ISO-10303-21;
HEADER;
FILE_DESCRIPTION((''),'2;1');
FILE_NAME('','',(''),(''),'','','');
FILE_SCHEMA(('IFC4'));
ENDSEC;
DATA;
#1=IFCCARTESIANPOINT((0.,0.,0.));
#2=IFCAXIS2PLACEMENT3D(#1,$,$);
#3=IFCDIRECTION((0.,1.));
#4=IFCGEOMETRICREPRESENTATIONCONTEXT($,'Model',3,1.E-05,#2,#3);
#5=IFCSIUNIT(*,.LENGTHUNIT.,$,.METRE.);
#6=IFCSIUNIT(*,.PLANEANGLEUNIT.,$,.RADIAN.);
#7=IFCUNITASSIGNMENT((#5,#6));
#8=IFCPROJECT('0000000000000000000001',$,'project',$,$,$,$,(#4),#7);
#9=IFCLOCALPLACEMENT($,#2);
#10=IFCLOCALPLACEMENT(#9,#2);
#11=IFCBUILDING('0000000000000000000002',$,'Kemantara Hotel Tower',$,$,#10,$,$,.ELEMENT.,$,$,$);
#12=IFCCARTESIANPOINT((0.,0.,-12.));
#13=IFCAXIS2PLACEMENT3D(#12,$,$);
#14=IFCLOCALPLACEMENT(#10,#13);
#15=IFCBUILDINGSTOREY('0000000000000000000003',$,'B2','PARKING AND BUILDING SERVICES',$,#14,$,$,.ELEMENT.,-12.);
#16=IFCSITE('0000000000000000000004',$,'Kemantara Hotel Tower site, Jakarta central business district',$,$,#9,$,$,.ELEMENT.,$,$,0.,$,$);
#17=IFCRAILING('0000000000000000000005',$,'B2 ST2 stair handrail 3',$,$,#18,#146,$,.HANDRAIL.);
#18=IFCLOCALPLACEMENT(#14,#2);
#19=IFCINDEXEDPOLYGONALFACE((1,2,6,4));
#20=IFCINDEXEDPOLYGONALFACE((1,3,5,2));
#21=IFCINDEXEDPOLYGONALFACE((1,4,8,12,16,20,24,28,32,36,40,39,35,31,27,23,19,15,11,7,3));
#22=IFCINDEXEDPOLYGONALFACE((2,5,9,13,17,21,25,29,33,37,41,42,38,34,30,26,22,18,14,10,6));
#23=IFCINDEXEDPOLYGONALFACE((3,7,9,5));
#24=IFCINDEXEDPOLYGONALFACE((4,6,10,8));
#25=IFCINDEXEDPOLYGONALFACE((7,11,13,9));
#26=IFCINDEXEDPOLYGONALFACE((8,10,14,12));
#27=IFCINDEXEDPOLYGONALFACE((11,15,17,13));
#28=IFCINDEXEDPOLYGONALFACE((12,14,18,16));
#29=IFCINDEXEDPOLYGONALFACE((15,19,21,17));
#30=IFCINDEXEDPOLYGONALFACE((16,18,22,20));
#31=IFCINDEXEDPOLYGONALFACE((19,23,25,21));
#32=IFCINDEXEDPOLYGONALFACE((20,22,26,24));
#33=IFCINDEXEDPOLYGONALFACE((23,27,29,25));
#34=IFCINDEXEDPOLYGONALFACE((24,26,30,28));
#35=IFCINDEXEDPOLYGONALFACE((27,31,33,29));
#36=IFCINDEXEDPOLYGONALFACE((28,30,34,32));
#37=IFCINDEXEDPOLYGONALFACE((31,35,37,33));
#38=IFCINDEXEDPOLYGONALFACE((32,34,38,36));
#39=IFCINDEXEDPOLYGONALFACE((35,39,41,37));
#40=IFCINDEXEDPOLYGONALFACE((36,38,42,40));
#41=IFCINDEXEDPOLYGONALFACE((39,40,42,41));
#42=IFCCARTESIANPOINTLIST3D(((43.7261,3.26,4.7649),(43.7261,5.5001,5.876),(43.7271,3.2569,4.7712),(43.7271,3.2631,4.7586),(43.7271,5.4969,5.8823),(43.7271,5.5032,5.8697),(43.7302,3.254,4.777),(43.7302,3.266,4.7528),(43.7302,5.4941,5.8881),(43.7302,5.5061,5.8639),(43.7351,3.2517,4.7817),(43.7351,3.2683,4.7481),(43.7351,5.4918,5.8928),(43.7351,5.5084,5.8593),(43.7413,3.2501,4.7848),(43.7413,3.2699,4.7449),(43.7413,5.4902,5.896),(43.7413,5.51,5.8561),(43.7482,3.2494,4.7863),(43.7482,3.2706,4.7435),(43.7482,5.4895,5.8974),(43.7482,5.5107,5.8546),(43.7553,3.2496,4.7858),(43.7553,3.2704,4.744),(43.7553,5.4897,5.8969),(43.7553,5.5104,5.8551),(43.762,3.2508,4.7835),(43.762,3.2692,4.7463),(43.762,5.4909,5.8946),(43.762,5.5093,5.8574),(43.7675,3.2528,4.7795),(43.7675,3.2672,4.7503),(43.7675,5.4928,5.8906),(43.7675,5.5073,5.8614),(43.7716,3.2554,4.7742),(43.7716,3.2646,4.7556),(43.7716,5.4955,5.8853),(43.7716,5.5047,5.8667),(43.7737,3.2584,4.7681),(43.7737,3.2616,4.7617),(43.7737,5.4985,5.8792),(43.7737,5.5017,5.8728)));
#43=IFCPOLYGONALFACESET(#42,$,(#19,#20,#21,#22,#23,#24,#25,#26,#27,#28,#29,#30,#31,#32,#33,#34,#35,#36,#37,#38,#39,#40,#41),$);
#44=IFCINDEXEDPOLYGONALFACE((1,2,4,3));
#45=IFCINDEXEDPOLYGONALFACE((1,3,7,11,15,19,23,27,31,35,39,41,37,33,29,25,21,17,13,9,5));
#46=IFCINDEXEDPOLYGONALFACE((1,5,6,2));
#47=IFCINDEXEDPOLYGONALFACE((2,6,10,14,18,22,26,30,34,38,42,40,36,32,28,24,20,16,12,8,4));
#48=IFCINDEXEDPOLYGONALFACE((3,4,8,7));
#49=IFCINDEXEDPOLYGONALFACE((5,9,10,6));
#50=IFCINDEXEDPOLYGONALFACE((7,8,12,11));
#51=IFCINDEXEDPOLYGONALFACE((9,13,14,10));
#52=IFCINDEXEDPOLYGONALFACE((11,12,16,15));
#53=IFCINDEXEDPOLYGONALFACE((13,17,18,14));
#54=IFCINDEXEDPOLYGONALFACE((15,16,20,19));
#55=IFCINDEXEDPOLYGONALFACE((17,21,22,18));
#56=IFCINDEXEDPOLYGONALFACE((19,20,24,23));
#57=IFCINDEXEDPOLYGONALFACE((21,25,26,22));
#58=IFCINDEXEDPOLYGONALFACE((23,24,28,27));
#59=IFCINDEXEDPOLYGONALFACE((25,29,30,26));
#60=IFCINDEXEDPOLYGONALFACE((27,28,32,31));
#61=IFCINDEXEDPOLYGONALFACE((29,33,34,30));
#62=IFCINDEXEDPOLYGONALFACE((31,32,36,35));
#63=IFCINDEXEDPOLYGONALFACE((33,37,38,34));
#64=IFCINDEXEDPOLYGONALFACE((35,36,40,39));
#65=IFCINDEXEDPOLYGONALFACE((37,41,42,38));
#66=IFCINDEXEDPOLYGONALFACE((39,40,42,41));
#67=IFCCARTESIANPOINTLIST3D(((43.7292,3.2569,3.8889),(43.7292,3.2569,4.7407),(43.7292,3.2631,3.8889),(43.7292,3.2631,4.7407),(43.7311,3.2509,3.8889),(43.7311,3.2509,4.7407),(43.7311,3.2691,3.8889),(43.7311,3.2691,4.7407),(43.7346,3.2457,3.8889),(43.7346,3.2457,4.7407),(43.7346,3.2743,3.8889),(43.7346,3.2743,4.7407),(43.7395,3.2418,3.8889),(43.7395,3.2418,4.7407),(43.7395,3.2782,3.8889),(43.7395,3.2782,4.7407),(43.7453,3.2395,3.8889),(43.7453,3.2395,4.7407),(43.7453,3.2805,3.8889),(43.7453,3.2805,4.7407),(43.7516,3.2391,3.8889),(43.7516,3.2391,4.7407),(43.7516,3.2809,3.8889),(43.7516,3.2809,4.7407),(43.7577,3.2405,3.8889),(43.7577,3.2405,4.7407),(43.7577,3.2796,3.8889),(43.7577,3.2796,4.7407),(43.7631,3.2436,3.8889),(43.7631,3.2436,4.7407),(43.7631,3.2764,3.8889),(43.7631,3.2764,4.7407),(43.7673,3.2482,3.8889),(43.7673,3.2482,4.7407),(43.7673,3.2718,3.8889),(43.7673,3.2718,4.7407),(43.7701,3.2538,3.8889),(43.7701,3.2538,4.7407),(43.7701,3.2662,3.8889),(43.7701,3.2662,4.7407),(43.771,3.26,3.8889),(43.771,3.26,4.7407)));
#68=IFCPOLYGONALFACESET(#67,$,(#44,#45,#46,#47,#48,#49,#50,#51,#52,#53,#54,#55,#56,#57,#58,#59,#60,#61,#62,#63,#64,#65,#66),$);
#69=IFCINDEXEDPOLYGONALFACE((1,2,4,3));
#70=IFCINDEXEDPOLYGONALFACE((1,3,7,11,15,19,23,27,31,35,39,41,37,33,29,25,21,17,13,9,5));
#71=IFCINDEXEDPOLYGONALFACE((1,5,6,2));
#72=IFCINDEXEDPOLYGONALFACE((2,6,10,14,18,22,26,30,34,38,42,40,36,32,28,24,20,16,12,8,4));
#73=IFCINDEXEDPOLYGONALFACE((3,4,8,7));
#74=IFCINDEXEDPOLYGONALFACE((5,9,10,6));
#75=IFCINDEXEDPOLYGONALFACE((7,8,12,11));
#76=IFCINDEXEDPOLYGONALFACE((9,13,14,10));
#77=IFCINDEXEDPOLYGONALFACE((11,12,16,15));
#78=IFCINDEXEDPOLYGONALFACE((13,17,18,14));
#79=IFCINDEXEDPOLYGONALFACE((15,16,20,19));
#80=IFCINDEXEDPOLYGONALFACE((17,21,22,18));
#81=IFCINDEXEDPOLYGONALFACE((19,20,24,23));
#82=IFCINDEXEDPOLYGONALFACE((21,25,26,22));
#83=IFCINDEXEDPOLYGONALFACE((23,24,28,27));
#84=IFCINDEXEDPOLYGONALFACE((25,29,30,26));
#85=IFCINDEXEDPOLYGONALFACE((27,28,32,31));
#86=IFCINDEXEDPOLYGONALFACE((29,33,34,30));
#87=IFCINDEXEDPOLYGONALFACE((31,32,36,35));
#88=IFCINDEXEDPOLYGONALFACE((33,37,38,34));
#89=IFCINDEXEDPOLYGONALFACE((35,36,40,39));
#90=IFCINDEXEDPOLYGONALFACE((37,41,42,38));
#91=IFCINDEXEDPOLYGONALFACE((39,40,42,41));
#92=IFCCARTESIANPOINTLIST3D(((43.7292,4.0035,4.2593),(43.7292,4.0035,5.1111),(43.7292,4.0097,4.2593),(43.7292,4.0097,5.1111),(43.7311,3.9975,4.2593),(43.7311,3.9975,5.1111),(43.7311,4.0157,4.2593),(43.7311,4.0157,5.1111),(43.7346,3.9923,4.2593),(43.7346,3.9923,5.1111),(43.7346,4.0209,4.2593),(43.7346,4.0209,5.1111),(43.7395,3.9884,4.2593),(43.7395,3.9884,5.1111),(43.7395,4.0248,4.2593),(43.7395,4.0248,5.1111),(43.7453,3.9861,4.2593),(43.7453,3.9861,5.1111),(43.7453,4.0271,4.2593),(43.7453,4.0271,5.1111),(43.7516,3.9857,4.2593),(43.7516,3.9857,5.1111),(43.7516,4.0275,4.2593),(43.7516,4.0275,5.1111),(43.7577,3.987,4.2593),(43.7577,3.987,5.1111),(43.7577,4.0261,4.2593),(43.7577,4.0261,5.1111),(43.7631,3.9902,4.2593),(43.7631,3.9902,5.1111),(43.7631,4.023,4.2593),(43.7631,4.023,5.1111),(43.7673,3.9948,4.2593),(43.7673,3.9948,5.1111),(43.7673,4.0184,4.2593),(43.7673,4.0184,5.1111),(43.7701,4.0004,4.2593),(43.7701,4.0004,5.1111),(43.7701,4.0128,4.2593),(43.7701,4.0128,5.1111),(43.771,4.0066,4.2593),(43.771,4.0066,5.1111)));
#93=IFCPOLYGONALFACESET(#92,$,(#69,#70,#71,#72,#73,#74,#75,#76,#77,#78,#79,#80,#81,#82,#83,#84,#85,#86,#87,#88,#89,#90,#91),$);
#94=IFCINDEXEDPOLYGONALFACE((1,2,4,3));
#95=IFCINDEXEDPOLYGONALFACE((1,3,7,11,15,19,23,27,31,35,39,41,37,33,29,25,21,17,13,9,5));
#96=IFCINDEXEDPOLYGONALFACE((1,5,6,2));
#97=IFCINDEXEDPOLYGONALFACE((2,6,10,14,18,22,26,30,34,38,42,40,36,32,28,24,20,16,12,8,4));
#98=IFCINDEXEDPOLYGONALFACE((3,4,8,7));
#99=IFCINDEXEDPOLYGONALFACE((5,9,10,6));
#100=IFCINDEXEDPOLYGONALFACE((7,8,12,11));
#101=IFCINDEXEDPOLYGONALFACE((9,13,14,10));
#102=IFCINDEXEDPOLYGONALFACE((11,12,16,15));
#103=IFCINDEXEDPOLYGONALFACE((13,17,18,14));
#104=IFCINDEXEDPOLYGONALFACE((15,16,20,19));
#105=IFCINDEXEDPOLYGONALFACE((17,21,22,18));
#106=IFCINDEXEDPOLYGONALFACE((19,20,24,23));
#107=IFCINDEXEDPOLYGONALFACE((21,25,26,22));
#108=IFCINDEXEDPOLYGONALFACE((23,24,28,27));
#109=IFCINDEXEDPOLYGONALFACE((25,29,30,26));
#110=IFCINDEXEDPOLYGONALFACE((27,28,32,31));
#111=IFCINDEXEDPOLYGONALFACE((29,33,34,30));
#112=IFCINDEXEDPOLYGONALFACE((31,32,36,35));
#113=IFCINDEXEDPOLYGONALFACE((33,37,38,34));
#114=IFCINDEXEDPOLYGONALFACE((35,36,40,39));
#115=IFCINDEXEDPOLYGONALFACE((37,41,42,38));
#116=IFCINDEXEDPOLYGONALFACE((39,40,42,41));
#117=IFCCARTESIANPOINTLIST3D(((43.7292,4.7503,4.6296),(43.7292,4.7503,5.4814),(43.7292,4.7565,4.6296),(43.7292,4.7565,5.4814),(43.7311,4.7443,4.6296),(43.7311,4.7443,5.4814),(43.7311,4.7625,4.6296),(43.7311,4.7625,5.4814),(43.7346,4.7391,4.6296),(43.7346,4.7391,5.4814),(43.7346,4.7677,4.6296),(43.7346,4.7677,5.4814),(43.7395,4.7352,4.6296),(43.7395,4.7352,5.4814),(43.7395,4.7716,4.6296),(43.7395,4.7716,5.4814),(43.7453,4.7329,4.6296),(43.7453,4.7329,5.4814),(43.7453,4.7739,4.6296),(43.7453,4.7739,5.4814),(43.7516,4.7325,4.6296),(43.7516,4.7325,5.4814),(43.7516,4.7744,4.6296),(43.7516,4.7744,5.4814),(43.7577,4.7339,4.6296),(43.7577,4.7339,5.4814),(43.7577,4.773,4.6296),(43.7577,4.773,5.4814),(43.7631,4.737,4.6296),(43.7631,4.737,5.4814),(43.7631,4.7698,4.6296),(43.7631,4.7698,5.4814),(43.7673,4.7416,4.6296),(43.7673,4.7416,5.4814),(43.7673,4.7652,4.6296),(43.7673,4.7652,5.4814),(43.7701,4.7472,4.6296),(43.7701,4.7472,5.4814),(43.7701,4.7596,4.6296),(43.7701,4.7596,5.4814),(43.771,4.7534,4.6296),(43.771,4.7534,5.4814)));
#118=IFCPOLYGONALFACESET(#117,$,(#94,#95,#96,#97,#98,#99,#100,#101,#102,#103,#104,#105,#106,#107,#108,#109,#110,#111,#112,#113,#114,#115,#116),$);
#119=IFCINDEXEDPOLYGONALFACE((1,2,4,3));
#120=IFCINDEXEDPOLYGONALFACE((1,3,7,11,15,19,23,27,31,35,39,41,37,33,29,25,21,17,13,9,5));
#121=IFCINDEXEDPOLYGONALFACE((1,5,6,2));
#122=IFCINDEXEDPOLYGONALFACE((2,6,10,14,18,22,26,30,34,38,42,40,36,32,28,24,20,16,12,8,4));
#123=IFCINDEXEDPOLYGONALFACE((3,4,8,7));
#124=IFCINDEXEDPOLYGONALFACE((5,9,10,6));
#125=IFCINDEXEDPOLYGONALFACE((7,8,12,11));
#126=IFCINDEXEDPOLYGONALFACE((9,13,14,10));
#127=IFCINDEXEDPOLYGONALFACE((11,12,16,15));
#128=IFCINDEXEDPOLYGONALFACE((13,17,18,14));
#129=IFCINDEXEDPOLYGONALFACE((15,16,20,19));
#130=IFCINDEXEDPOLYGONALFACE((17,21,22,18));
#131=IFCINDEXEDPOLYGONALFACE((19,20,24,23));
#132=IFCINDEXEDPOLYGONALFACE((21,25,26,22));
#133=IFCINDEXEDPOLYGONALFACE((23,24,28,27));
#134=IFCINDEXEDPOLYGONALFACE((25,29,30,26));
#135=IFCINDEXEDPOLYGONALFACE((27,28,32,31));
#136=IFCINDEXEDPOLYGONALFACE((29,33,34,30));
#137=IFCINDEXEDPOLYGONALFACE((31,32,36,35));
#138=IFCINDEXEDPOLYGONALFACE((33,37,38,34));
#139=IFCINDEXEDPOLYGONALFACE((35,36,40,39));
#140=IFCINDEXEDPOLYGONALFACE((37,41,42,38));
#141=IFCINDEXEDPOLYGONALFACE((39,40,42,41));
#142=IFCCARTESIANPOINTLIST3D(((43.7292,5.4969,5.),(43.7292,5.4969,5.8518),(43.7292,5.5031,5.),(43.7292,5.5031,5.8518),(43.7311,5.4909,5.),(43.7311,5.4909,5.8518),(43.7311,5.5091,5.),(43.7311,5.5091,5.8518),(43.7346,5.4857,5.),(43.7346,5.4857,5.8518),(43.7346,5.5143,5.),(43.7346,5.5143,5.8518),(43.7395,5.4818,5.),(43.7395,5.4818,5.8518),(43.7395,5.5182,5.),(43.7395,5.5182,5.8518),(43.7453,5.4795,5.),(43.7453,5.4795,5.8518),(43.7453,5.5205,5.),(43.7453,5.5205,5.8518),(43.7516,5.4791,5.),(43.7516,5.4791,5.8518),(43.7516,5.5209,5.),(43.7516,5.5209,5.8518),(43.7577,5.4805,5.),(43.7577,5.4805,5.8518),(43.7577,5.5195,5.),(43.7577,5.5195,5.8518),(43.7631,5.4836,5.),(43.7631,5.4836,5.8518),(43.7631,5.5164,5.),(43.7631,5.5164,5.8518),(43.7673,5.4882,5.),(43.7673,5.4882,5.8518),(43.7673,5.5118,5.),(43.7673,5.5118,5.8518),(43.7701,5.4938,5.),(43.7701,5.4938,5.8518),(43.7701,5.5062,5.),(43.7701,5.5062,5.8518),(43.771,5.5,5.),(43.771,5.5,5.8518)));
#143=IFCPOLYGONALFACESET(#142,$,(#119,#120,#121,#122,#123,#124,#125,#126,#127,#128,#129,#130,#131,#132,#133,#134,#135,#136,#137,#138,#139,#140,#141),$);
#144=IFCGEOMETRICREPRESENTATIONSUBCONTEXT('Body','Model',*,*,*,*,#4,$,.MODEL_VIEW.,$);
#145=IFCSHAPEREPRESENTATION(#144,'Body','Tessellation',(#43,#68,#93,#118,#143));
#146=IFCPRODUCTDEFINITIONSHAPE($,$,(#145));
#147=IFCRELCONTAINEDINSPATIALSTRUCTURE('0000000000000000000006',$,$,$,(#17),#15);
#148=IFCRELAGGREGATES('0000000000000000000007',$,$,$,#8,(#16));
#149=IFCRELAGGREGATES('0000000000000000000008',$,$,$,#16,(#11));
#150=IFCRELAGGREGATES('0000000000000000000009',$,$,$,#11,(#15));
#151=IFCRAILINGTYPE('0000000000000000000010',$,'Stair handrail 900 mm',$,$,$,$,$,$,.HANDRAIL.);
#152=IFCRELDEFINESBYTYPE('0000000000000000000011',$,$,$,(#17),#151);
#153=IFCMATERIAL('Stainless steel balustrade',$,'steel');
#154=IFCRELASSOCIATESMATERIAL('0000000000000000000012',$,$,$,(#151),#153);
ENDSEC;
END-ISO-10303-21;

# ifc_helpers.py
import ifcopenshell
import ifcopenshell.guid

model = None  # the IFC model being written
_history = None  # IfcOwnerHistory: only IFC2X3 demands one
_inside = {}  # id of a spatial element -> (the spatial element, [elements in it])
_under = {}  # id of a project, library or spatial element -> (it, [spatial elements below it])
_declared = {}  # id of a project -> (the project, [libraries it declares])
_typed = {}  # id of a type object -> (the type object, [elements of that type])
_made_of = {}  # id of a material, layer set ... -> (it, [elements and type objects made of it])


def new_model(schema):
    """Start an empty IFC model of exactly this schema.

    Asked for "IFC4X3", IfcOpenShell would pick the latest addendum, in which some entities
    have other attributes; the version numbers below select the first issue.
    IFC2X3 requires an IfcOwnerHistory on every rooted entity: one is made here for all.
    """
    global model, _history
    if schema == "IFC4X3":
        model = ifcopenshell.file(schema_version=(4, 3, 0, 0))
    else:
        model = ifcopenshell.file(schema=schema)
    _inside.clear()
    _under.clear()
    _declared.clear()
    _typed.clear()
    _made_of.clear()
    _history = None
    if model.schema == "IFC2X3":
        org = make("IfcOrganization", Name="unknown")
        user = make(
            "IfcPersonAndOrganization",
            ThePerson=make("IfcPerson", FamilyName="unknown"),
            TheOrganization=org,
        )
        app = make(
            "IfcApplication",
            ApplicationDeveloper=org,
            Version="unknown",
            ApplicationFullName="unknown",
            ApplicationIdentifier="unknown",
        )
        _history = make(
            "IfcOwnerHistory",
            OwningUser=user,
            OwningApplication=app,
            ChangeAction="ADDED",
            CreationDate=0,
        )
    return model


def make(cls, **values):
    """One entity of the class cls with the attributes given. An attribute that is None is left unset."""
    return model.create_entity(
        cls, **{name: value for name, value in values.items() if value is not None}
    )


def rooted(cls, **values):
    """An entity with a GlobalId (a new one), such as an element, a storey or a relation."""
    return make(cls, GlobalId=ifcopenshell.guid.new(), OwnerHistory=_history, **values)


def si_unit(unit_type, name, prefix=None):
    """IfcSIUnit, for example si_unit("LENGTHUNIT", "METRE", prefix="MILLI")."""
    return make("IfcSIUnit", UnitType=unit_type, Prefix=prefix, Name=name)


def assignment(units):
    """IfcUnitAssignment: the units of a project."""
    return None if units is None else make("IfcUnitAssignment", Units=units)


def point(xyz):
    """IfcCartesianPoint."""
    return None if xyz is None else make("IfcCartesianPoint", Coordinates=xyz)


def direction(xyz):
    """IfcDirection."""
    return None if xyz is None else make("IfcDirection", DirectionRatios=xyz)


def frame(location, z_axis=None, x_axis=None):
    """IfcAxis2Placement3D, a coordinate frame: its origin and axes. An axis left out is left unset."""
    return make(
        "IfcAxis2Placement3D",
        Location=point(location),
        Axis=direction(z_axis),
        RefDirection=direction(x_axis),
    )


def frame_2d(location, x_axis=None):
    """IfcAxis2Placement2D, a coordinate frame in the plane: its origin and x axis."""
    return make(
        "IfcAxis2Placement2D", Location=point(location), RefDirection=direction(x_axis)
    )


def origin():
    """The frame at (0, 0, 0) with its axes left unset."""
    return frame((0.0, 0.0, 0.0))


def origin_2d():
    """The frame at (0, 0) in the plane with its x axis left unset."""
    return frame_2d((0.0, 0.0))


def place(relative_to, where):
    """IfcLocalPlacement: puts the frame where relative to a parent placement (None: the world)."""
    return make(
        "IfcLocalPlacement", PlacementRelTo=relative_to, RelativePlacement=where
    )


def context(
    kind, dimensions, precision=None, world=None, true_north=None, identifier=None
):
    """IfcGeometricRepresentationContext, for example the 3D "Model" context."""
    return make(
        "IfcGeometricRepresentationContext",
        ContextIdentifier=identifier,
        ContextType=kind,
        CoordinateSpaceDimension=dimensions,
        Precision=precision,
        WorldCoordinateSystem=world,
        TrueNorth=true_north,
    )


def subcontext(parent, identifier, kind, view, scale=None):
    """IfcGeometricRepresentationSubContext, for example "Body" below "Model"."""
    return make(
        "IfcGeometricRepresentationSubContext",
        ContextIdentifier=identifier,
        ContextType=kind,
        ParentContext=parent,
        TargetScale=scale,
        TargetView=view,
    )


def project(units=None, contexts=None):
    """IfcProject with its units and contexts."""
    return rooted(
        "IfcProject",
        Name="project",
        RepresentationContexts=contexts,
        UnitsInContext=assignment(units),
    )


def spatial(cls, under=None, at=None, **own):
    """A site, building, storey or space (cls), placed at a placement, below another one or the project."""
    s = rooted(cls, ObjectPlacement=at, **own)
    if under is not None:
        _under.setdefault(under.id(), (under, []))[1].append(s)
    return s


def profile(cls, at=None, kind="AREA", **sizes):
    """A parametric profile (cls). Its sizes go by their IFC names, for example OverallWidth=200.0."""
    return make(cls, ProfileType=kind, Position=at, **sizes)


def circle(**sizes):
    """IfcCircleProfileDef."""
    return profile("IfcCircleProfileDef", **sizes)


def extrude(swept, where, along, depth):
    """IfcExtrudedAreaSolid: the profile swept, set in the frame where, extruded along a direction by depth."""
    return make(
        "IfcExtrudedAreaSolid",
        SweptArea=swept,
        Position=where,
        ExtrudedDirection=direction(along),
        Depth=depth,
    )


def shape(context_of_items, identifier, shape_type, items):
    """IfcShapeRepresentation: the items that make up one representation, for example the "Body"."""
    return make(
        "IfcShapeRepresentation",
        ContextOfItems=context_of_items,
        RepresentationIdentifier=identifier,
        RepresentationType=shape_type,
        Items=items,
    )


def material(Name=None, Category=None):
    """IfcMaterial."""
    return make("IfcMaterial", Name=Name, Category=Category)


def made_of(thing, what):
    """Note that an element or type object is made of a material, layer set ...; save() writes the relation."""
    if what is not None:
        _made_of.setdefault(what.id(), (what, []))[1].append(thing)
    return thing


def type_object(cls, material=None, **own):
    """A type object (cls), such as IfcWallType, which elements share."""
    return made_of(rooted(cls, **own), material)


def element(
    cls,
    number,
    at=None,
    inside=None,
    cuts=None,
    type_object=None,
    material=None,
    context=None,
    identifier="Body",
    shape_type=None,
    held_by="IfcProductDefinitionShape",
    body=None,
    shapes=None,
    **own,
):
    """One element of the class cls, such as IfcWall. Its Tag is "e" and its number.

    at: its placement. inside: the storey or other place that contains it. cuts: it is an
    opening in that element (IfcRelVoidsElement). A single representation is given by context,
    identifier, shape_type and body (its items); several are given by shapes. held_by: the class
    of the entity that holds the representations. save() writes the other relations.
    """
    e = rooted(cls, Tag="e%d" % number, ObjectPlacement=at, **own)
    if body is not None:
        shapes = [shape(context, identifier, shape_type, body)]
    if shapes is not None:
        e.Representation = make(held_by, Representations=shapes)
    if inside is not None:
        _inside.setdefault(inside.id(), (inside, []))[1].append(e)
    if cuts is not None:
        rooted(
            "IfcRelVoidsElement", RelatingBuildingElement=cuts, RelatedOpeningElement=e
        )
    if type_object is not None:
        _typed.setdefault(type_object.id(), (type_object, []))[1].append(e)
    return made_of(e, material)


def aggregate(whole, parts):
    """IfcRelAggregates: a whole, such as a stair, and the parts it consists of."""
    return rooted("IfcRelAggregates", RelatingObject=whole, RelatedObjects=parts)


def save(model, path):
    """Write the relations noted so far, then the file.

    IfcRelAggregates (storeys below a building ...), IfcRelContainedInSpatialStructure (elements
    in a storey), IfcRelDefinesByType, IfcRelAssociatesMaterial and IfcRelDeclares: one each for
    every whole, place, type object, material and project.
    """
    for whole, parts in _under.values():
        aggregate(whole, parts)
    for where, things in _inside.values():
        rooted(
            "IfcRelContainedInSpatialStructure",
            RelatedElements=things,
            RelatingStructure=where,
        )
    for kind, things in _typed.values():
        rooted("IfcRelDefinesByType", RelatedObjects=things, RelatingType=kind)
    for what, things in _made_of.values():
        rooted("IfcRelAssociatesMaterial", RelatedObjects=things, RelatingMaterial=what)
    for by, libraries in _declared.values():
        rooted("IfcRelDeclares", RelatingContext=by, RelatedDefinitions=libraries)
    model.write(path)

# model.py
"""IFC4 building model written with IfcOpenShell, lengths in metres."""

from ifc_helpers import new_model, si_unit, direction, frame, origin, origin_2d, place, context, subcontext, project, spatial, circle, extrude, material, type_object, element, save


model = new_model("IFC4")

# Units and contexts
model_context = context("Model", 3, precision=1e-05, world=origin(), true_north=direction((0.0, 1.0)))
body_context = subcontext(model_context, "Body", "Model", "MODEL_VIEW")
ifc_project = project(units=[si_unit("LENGTHUNIT", "METRE"), si_unit("PLANEANGLEUNIT", "RADIAN")], contexts=[model_context])

# Site, building, storey
site_placement = place(None, origin())
site = spatial("IfcSite", under=ifc_project, at=site_placement, Name="Kemantara Hotel Tower site, Jakarta central business district", CompositionType="ELEMENT", RefElevation=0.0)
building_placement = place(site_placement, origin())
building = spatial("IfcBuilding", under=site, at=building_placement, Name="Kemantara Hotel Tower", CompositionType="ELEMENT")
storey_placement = place(building_placement, frame((0.0, 0.0, -12.0)))
storey = spatial("IfcBuildingStorey", under=building, at=storey_placement, Name="B2", Description="PARKING AND BUILDING SERVICES", CompositionType="ELEMENT", Elevation=-12.0)

# Railing
ifc_material_1 = material(Name="Stainless steel balustrade", Category="steel")
railing_type_1 = type_object("IfcRailingType", Name="Stair handrail 900 mm", PredefinedType="HANDRAIL", material=ifc_material_1)
railing_1_placement = place(storey_placement, frame((43.75, 3.26, 3.8889)))
element("IfcRailing", 1, at=railing_1_placement, inside=storey, type_object=railing_type_1, Name="B2 ST2 stair handrail 3", PredefinedType="HANDRAIL", context=body_context, shape_type="SweptSolid", body=[
    extrude(circle(Radius=0.0239, at=origin_2d()), frame((0.0, 0.0, 0.876), z_axis=(0.0, 0.895848, 0.44436), x_axis=(-1.0, 0.0, 0.0)), (0.0, 0.0, 1.0), 2.5005),
    extrude(circle(Radius=0.021, at=origin_2d()), origin(), (0.0, 0.0, 1.0), 0.8518),
    extrude(circle(Radius=0.021, at=origin_2d()), frame((0.0, 0.7466, 0.3704)), (0.0, 0.0, 1.0), 0.8518),
    extrude(circle(Radius=0.021, at=origin_2d()), frame((0.0, 1.4934, 0.7407)), (0.0, 0.0, 1.0), 0.8518),
    extrude(circle(Radius=0.021, at=origin_2d()), frame((0.0, 2.24, 1.1111)), (0.0, 0.0, 1.0), 0.8518),
])

save(model, "model.ifc")
